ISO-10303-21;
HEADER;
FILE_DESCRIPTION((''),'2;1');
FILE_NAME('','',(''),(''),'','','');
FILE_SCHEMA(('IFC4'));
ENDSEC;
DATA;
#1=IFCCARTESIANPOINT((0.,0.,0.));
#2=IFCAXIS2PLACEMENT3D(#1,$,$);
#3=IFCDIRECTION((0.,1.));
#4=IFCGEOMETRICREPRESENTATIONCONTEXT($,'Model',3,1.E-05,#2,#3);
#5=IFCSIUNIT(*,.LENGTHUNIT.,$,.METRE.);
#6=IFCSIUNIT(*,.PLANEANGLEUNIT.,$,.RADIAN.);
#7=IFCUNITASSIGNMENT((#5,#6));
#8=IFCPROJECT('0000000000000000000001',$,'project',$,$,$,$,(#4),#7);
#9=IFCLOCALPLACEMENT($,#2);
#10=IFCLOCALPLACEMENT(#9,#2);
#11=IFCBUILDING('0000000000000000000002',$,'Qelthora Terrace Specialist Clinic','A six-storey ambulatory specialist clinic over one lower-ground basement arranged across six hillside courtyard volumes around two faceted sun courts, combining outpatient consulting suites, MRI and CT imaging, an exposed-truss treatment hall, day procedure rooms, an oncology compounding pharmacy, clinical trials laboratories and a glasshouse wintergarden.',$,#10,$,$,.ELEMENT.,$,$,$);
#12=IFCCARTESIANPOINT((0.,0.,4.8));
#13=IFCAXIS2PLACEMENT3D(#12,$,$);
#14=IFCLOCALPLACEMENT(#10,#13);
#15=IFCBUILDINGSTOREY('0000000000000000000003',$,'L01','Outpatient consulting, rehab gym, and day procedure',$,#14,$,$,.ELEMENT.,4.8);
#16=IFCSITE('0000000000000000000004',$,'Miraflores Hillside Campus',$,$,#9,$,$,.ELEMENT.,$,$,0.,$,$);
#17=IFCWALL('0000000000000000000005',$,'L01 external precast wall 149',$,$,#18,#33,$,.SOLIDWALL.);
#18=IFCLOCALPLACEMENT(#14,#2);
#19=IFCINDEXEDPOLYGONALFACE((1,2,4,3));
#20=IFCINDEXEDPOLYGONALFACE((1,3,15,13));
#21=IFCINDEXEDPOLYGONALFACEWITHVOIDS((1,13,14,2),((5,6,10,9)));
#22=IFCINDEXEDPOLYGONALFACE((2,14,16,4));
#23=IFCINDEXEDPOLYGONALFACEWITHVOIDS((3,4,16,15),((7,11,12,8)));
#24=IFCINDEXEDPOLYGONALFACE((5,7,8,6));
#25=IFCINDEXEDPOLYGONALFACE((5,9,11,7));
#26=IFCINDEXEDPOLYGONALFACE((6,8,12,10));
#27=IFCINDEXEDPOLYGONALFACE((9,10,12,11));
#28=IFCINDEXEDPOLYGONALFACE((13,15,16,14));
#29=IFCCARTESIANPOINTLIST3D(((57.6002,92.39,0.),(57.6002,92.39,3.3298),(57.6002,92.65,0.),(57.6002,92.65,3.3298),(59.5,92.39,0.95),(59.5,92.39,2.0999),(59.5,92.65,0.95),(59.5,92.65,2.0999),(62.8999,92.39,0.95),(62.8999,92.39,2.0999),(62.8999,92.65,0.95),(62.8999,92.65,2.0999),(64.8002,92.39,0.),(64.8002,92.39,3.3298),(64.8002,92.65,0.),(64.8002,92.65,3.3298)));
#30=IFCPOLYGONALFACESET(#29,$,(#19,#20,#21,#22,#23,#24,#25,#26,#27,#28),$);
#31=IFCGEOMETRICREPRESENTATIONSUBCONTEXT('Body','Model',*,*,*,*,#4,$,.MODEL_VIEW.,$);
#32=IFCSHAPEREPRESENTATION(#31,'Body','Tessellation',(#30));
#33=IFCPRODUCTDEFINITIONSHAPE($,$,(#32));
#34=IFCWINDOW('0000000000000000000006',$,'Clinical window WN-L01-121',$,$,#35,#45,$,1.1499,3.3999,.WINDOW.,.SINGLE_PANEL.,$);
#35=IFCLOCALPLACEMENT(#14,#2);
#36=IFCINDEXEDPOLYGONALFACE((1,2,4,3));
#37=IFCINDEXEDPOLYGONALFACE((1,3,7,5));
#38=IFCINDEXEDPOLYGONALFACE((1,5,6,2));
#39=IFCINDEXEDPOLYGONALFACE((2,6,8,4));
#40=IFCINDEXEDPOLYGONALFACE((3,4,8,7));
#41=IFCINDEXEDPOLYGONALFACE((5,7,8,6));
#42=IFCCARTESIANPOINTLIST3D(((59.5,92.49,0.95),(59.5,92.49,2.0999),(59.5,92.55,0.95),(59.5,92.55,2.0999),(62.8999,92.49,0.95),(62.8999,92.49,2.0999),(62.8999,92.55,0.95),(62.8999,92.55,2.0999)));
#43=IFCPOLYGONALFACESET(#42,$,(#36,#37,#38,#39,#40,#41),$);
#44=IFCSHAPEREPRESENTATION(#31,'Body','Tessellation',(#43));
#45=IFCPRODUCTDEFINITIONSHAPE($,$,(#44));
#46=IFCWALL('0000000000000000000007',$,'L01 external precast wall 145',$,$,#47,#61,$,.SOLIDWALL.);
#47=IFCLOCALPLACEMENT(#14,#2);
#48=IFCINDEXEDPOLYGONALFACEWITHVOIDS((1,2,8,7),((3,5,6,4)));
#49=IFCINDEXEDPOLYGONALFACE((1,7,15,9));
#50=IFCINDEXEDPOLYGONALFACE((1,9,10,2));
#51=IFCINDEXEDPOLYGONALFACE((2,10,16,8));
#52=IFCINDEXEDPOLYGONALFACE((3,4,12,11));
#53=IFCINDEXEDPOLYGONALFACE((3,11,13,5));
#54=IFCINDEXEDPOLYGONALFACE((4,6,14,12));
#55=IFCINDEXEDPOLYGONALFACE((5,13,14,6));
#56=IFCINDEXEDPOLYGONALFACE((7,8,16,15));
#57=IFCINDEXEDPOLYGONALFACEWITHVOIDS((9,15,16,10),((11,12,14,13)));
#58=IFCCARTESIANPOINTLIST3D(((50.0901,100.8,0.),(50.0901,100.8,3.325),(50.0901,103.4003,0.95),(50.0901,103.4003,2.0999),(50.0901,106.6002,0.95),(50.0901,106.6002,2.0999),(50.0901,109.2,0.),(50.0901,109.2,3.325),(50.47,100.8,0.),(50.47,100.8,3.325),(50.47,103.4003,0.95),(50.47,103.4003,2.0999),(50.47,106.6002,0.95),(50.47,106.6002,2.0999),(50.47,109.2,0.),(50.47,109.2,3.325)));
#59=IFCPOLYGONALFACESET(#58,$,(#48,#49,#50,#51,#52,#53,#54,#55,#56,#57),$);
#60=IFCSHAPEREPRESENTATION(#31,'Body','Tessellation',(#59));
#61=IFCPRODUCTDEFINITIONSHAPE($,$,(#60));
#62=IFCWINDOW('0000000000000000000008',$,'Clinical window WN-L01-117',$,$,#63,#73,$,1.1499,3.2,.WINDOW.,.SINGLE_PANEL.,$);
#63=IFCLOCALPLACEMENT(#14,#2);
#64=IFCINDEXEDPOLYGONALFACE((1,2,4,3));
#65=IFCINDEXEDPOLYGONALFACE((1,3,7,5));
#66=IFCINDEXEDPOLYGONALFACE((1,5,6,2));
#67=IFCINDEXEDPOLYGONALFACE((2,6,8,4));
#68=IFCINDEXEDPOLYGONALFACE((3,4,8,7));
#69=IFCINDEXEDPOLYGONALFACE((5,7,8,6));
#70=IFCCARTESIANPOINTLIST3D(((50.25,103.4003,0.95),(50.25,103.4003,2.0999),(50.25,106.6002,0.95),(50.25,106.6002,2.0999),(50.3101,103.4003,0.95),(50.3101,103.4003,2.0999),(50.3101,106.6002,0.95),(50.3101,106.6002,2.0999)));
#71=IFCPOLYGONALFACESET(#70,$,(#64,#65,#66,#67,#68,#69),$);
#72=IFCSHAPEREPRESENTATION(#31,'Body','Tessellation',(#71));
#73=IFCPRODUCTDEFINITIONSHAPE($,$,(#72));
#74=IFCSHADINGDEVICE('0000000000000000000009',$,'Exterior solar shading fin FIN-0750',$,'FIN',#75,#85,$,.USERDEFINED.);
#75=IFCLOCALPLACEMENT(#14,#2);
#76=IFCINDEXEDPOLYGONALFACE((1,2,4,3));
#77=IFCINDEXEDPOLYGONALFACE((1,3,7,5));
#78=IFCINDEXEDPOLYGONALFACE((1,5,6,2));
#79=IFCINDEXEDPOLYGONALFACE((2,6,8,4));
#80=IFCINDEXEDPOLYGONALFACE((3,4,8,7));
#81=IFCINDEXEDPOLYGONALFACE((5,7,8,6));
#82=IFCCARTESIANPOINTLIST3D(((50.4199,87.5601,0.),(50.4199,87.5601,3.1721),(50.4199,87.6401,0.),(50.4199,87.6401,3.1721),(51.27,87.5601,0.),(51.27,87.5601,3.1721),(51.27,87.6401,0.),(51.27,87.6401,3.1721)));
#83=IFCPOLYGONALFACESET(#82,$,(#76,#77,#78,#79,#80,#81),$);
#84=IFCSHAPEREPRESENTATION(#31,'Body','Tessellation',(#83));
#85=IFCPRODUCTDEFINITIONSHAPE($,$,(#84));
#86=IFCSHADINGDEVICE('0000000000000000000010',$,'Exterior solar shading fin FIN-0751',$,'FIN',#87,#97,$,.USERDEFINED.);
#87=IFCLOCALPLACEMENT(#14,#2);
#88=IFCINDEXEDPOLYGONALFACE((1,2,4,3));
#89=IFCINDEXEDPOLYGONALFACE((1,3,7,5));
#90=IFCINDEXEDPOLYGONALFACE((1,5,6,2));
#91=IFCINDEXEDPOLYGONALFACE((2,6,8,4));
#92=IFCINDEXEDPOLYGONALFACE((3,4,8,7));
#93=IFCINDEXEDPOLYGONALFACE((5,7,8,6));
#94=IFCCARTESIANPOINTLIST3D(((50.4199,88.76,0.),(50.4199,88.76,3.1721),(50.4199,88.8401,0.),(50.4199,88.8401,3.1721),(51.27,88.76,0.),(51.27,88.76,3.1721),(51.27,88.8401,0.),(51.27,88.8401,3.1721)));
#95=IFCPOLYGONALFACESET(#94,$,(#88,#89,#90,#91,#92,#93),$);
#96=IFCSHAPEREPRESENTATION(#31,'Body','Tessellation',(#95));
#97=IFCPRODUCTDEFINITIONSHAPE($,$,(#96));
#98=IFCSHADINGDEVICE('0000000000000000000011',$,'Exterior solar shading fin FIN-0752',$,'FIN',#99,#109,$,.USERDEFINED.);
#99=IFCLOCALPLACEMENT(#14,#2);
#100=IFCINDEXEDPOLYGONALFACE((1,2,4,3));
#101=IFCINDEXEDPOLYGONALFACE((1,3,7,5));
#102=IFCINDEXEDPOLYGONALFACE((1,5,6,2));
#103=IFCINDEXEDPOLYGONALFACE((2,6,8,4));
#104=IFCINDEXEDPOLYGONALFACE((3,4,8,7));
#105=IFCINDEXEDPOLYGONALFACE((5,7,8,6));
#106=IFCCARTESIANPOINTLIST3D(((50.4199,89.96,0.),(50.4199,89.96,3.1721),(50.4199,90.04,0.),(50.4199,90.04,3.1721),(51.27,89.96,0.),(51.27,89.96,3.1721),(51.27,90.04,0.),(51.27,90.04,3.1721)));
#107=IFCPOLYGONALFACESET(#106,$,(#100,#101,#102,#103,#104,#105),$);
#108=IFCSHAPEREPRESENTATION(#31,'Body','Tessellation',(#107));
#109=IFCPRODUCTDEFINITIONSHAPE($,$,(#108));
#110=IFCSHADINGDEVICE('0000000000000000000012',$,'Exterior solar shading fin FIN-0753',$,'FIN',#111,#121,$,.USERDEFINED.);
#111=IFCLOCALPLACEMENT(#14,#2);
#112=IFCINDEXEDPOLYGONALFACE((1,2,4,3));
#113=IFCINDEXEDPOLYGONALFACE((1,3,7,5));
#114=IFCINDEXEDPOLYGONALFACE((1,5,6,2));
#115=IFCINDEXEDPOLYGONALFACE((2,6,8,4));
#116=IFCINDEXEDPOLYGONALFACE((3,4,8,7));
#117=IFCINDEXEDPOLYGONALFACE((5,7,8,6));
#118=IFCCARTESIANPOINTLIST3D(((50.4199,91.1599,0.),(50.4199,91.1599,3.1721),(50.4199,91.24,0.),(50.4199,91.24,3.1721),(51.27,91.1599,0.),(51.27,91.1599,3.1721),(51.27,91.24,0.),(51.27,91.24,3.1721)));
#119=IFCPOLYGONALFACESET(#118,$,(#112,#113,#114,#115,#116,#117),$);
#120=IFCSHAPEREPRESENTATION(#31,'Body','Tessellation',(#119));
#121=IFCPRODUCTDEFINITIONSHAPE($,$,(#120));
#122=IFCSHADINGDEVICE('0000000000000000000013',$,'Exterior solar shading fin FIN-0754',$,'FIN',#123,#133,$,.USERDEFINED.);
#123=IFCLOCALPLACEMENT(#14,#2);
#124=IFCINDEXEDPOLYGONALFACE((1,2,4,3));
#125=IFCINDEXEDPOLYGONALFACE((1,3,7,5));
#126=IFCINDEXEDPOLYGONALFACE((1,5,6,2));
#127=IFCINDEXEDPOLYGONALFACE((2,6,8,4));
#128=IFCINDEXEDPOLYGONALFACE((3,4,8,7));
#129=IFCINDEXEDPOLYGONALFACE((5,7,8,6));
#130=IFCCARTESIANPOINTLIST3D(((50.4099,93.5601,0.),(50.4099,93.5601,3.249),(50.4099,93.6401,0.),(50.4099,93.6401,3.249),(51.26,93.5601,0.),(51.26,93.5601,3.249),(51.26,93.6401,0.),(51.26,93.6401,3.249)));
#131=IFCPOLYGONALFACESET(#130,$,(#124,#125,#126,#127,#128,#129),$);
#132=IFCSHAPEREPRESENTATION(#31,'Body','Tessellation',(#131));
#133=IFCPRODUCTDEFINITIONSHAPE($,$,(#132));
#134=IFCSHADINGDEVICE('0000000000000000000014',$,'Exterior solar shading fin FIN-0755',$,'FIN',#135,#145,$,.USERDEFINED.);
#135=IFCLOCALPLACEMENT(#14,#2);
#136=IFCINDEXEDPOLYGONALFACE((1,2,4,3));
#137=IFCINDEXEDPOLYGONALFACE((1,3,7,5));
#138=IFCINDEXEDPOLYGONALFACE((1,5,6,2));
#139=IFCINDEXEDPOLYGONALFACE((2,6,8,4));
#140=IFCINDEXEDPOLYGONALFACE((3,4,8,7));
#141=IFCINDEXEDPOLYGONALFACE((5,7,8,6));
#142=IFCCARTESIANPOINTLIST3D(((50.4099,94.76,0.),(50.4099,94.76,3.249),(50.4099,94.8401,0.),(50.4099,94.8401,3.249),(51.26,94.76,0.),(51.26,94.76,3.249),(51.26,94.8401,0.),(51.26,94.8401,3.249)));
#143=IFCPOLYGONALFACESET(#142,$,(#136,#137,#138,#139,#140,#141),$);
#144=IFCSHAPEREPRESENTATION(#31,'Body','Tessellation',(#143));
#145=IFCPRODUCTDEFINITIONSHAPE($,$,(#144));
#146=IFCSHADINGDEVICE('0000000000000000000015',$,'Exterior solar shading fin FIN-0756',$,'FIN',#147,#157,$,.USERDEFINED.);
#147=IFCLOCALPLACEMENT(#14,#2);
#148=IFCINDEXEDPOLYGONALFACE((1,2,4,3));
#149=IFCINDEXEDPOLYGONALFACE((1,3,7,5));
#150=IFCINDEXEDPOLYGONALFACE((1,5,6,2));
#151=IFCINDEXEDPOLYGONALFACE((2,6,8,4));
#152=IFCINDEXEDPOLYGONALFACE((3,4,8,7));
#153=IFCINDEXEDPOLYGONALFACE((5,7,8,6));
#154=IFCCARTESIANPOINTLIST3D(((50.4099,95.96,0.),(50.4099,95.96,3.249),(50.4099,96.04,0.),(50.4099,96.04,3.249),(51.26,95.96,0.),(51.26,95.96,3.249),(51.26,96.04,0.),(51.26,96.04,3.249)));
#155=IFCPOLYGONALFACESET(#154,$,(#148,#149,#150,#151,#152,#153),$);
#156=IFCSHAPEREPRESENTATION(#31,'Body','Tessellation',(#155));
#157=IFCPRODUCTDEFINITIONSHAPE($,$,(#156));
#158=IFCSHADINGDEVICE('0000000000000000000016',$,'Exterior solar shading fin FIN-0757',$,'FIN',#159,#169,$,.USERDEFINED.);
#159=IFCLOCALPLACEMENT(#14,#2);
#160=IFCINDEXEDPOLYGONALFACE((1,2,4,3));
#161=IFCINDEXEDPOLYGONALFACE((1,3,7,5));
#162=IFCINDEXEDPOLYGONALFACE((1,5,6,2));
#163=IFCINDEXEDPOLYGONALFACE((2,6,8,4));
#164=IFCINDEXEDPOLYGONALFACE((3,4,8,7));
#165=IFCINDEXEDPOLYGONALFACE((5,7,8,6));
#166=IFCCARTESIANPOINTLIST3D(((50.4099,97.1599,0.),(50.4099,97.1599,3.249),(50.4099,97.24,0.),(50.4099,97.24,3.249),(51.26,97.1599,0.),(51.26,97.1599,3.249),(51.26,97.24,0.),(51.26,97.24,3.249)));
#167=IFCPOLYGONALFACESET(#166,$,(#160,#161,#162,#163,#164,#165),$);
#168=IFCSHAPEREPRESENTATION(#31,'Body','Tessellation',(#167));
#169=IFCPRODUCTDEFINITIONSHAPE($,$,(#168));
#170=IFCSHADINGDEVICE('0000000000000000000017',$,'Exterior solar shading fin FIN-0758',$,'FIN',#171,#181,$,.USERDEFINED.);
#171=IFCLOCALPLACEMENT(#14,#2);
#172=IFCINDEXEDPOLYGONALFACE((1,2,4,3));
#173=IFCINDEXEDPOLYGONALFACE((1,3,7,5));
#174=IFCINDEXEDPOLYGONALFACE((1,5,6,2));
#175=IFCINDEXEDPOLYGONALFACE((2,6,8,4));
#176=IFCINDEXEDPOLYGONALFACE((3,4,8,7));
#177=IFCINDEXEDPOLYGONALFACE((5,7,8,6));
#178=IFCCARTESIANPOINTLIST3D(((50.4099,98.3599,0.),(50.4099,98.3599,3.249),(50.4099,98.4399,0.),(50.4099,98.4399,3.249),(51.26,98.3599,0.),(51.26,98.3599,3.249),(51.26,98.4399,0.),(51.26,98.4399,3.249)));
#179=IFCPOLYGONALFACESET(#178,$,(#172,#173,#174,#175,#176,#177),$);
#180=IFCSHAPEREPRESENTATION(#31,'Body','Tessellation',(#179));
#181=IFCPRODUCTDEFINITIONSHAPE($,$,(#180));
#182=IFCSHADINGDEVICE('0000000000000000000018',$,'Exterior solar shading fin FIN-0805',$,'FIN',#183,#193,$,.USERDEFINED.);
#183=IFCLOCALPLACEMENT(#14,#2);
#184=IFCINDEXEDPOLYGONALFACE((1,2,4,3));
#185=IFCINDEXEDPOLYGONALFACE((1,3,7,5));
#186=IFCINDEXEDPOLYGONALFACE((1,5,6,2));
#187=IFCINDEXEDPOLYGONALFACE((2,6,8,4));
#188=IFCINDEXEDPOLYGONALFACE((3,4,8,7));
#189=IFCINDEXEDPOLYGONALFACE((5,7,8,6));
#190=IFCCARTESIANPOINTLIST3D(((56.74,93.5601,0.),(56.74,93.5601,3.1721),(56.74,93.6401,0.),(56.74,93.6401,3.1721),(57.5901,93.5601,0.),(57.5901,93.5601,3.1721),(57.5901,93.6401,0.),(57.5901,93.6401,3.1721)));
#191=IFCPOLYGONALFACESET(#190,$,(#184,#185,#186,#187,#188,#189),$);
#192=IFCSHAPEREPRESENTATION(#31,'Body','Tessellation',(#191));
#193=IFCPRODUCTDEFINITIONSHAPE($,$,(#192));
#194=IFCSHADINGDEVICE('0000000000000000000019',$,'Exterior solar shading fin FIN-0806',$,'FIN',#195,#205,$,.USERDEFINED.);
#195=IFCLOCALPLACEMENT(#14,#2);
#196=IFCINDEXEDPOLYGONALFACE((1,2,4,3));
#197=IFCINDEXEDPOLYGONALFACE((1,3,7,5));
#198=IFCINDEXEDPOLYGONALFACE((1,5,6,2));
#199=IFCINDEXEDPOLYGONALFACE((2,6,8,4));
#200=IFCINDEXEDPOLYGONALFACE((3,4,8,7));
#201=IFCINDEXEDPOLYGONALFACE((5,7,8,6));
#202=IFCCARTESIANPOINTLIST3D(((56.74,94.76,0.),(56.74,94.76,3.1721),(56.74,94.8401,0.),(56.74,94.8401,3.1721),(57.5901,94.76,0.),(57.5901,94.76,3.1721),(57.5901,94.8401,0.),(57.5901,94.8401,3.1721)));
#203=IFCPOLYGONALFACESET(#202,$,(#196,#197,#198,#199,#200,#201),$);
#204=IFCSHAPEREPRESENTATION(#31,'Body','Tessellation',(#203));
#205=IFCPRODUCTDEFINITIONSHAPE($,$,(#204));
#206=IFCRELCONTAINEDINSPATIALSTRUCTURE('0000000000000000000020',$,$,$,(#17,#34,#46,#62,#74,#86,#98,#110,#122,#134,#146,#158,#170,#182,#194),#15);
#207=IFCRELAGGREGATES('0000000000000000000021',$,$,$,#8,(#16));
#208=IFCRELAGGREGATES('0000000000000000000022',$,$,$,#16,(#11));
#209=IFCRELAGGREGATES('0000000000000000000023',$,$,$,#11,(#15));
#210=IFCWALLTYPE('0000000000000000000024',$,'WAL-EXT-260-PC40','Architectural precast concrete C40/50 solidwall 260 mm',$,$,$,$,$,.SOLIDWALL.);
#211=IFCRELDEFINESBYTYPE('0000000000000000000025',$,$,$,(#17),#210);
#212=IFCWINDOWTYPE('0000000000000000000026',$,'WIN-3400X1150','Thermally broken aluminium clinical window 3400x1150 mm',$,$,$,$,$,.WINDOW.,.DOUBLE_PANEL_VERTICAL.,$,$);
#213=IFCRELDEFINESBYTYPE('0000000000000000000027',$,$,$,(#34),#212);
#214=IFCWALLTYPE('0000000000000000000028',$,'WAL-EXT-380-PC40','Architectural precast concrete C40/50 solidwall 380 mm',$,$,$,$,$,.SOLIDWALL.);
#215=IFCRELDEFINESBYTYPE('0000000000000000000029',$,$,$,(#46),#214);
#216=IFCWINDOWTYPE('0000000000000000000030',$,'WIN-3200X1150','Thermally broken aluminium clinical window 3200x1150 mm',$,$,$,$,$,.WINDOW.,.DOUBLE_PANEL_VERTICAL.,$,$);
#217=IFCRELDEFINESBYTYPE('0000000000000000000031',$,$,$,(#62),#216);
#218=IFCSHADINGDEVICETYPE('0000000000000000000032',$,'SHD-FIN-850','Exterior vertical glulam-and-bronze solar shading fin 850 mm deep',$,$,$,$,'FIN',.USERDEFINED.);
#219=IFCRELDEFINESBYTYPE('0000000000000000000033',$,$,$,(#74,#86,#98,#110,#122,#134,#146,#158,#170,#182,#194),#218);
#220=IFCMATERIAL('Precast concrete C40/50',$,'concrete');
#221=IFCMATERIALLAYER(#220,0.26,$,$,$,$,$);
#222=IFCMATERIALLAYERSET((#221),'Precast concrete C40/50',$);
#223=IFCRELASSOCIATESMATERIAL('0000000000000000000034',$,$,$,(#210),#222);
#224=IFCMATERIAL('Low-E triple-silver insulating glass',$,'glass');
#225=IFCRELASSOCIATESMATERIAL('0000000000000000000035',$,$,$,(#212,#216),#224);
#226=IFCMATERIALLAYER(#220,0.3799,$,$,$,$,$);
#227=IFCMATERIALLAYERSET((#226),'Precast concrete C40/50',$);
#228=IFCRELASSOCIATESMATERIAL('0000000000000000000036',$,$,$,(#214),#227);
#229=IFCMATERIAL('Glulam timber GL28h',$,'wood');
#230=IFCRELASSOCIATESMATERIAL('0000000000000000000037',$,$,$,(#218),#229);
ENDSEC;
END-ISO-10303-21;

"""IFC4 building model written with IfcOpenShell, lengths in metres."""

from ifc_helpers import new_model, si_unit, direction, frame, frame_2d, origin, origin_2d, place, context, subcontext, project, spatial, rectangle, extrude, material, layer, layer_set, type_object, element, fill, save


model = new_model("IFC4")

# Units and contexts
model_context = context("Model", 3, precision=1e-05, world=origin(), true_north=direction((0.0, 1.0)))
body_context = subcontext(model_context, "Body", "Model", "MODEL_VIEW")
ifc_project = project(units=[si_unit("LENGTHUNIT", "METRE"), si_unit("PLANEANGLEUNIT", "RADIAN")], contexts=[model_context])

# Site, building, storey
site_placement = place(None, origin())
site = spatial("IfcSite", under=ifc_project, at=site_placement, Name="Miraflores Hillside Campus", CompositionType="ELEMENT", RefElevation=0.0)
building_placement = place(site_placement, origin())
building = spatial("IfcBuilding", under=site, at=building_placement, Name="Qelthora Terrace Specialist Clinic", Description="A six-storey ambulatory specialist clinic over one lower-ground basement arranged across six hillside courtyard volumes around two faceted sun courts, combining outpatient consulting suites, MRI and CT imaging, an exposed-truss treatment hall, day procedure rooms, an oncology compounding pharmacy, clinical trials laboratories and a glasshouse wintergarden.", CompositionType="ELEMENT")
storey_placement = place(building_placement, frame((0.0, 0.0, 4.8)))
storey = spatial("IfcBuildingStorey", under=building, at=storey_placement, Name="L01", Description="Outpatient consulting, rehab gym, and day procedure", CompositionType="ELEMENT", Elevation=4.8)

# Walls, openings, windows
ifc_material_1 = material(Name="Precast concrete C40/50", Category="concrete")
ifc_layer_1 = layer(ifc_material_1, 0.26)
ifc_layer_set_1 = layer_set([ifc_layer_1], Name="Precast concrete C40/50")
wall_type_1 = type_object("IfcWallType", Name="WAL-EXT-260-PC40", Description="Architectural precast concrete C40/50 solidwall 260 mm", PredefinedType="SOLIDWALL", material=ifc_layer_set_1)
ifc_material_2 = material(Name="Low-E triple-silver insulating glass", Category="glass")
wall_1_placement = place(storey_placement, frame((57.6001, 92.52, 0.0), z_axis=(0.0, 0.0, 1.0), x_axis=(1.0, 0.0, 0.0)))
wall_1 = element("IfcWall", 1, at=wall_1_placement, inside=storey, type_object=wall_type_1, Name="L01 external precast wall 149", PredefinedType="SOLIDWALL", context=body_context, shape_type="SweptSolid", body=[
    extrude(rectangle(XDim=7.2, YDim=0.26, at=frame_2d((3.6001, 0.0))), origin(), (0.0, 0.0, 1.0), 3.3298),
])
opening_1_placement = place(wall_1_placement, frame((1.8999, 0.0, 0.95)))
opening_1 = element("IfcOpeningElement", 2, at=opening_1_placement, cuts=wall_1, PredefinedType="OPENING", context=body_context, shape_type="SweptSolid", body=[
    extrude(rectangle(XDim=3.3999, YDim=1.1499, at=frame_2d((1.7, 0.575))), frame((0.0, 0.1399, 0.0), z_axis=(0.0, -1.0, 0.0), x_axis=(1.0, 0.0, 0.0)), (0.0, 0.0, 1.0), 0.28),
])
window_type_1 = type_object("IfcWindowType", Name="WIN-3400X1150", Description="Thermally broken aluminium clinical window 3400x1150 mm", PartitioningType="DOUBLE_PANEL_VERTICAL", PredefinedType="WINDOW", material=ifc_material_2)
window_1_placement = place(opening_1_placement, origin())
window_1 = element("IfcWindow", 3, at=window_1_placement, inside=storey, type_object=window_type_1, Name="Clinical window WN-L01-121", OverallHeight=1.1499, OverallWidth=3.3999, PartitioningType="SINGLE_PANEL", PredefinedType="WINDOW", context=body_context, shape_type="SweptSolid", body=[
    extrude(rectangle(XDim=3.3999, YDim=1.1499, at=frame_2d((1.7, 0.575))), frame((0.0, 0.03, 0.0), z_axis=(0.0, -1.0, 0.0), x_axis=(1.0, 0.0, 0.0)), (0.0, 0.0, 1.0), 0.0601),
])
fill(opening_1, window_1)
ifc_layer_2 = layer(ifc_material_1, 0.3799)
ifc_layer_set_2 = layer_set([ifc_layer_2], Name="Precast concrete C40/50")
wall_type_2 = type_object("IfcWallType", Name="WAL-EXT-380-PC40", Description="Architectural precast concrete C40/50 solidwall 380 mm", PredefinedType="SOLIDWALL", material=ifc_layer_set_2)
wall_2_placement = place(storey_placement, frame((50.28, 100.8, 0.0), z_axis=(0.0, 0.0, 1.0), x_axis=(0.0, 1.0, 0.0)))
wall_2 = element("IfcWall", 4, at=wall_2_placement, inside=storey, type_object=wall_type_2, Name="L01 external precast wall 145", PredefinedType="SOLIDWALL", context=body_context, shape_type="SweptSolid", body=[
    extrude(rectangle(XDim=8.3999, YDim=0.3799, at=frame_2d((4.2, 0.0))), origin(), (0.0, 0.0, 1.0), 3.325),
])
opening_2_placement = place(wall_2_placement, frame((2.6001, 0.0, 0.95)))
opening_2 = element("IfcOpeningElement", 5, at=opening_2_placement, cuts=wall_2, PredefinedType="OPENING", context=body_context, shape_type="SweptSolid", body=[
    extrude(rectangle(XDim=3.2, YDim=1.1499, at=frame_2d((1.6001, 0.575))), frame((0.0, 0.2, 0.0), z_axis=(0.0, -1.0, 0.0), x_axis=(1.0, 0.0, 0.0)), (0.0, 0.0, 1.0), 0.3999),
])
window_type_2 = type_object("IfcWindowType", Name="WIN-3200X1150", Description="Thermally broken aluminium clinical window 3200x1150 mm", PartitioningType="DOUBLE_PANEL_VERTICAL", PredefinedType="WINDOW", material=ifc_material_2)
window_2_placement = place(opening_2_placement, origin())
window_2 = element("IfcWindow", 6, at=window_2_placement, inside=storey, type_object=window_type_2, Name="Clinical window WN-L01-117", OverallHeight=1.1499, OverallWidth=3.2, PartitioningType="SINGLE_PANEL", PredefinedType="WINDOW", context=body_context, shape_type="SweptSolid", body=[
    extrude(rectangle(XDim=3.2, YDim=1.1499, at=frame_2d((1.6001, 0.575))), frame((0.0, 0.03, 0.0), z_axis=(0.0, -1.0, 0.0), x_axis=(1.0, 0.0, 0.0)), (0.0, 0.0, 1.0), 0.0601),
])
fill(opening_2, window_2)

# Shading devices
ifc_material_3 = material(Name="Glulam timber GL28h", Category="wood")
shading_device_type = type_object("IfcShadingDeviceType", Name="SHD-FIN-850", Description="Exterior vertical glulam-and-bronze solar shading fin 850 mm deep", ElementType="FIN", PredefinedType="USERDEFINED", material=ifc_material_3)
for number, where, z_axis, x_axis, name in (
    (7, (50.845, 87.6001, 0.0), (0.0, 0.0, 1.0), (1.0, 0.0, 0.0), "Exterior solar shading fin FIN-0750"),
    (8, (50.845, 88.8, 0.0), (0.0, 0.0, 1.0), (1.0, 0.0, 0.0), "Exterior solar shading fin FIN-0751"),
    (9, (50.845, 90.0, 0.0), (0.0, 0.0, 1.0), (1.0, 0.0, 0.0), "Exterior solar shading fin FIN-0752"),
    (10, (50.845, 91.2, 0.0), (0.0, 0.0, 1.0), (1.0, 0.0, 0.0), "Exterior solar shading fin FIN-0753"),
):
    element("IfcShadingDevice", number, at=place(storey_placement, frame(where, z_axis=z_axis, x_axis=x_axis)), inside=storey, type_object=shading_device_type, Name=name, ObjectType="FIN", PredefinedType="USERDEFINED", context=body_context, shape_type="SweptSolid", body=[
        extrude(rectangle(XDim=0.8501, YDim=0.0801, at=origin_2d()), origin(), (0.0, 0.0, 1.0), 3.1721),
    ])
for number, where, z_axis, x_axis, name in (
    (11, (50.835, 93.6001, 0.0), (0.0, 0.0, 1.0), (1.0, 0.0, 0.0), "Exterior solar shading fin FIN-0754"),
    (12, (50.835, 94.8, 0.0), (0.0, 0.0, 1.0), (1.0, 0.0, 0.0), "Exterior solar shading fin FIN-0755"),
    (13, (50.835, 96.0, 0.0), (0.0, 0.0, 1.0), (1.0, 0.0, 0.0), "Exterior solar shading fin FIN-0756"),
    (14, (50.835, 97.2, 0.0), (0.0, 0.0, 1.0), (1.0, 0.0, 0.0), "Exterior solar shading fin FIN-0757"),
    (15, (50.835, 98.3999, 0.0), (0.0, 0.0, 1.0), (1.0, 0.0, 0.0), "Exterior solar shading fin FIN-0758"),
):
    element("IfcShadingDevice", number, at=place(storey_placement, frame(where, z_axis=z_axis, x_axis=x_axis)), inside=storey, type_object=shading_device_type, Name=name, ObjectType="FIN", PredefinedType="USERDEFINED", context=body_context, shape_type="SweptSolid", body=[
        extrude(rectangle(XDim=0.8501, YDim=0.0801, at=origin_2d()), origin(), (0.0, 0.0, 1.0), 3.249),
    ])
for number, where, z_axis, x_axis, name in (
    (16, (57.165, 93.6001, 0.0), (0.0, 0.0, 1.0), (-1.0, 0.0, 0.0), "Exterior solar shading fin FIN-0805"),
    (17, (57.165, 94.8, 0.0), (0.0, 0.0, 1.0), (-1.0, 0.0, 0.0), "Exterior solar shading fin FIN-0806"),
):
    element("IfcShadingDevice", number, at=place(storey_placement, frame(where, z_axis=z_axis, x_axis=x_axis)), inside=storey, type_object=shading_device_type, Name=name, ObjectType="FIN", PredefinedType="USERDEFINED", context=body_context, shape_type="SweptSolid", body=[
        extrude(rectangle(XDim=0.8501, YDim=0.0801, at=origin_2d()), origin(), (0.0, 0.0, 1.0), 3.1721),
    ])

save(model, "model.ifc")
